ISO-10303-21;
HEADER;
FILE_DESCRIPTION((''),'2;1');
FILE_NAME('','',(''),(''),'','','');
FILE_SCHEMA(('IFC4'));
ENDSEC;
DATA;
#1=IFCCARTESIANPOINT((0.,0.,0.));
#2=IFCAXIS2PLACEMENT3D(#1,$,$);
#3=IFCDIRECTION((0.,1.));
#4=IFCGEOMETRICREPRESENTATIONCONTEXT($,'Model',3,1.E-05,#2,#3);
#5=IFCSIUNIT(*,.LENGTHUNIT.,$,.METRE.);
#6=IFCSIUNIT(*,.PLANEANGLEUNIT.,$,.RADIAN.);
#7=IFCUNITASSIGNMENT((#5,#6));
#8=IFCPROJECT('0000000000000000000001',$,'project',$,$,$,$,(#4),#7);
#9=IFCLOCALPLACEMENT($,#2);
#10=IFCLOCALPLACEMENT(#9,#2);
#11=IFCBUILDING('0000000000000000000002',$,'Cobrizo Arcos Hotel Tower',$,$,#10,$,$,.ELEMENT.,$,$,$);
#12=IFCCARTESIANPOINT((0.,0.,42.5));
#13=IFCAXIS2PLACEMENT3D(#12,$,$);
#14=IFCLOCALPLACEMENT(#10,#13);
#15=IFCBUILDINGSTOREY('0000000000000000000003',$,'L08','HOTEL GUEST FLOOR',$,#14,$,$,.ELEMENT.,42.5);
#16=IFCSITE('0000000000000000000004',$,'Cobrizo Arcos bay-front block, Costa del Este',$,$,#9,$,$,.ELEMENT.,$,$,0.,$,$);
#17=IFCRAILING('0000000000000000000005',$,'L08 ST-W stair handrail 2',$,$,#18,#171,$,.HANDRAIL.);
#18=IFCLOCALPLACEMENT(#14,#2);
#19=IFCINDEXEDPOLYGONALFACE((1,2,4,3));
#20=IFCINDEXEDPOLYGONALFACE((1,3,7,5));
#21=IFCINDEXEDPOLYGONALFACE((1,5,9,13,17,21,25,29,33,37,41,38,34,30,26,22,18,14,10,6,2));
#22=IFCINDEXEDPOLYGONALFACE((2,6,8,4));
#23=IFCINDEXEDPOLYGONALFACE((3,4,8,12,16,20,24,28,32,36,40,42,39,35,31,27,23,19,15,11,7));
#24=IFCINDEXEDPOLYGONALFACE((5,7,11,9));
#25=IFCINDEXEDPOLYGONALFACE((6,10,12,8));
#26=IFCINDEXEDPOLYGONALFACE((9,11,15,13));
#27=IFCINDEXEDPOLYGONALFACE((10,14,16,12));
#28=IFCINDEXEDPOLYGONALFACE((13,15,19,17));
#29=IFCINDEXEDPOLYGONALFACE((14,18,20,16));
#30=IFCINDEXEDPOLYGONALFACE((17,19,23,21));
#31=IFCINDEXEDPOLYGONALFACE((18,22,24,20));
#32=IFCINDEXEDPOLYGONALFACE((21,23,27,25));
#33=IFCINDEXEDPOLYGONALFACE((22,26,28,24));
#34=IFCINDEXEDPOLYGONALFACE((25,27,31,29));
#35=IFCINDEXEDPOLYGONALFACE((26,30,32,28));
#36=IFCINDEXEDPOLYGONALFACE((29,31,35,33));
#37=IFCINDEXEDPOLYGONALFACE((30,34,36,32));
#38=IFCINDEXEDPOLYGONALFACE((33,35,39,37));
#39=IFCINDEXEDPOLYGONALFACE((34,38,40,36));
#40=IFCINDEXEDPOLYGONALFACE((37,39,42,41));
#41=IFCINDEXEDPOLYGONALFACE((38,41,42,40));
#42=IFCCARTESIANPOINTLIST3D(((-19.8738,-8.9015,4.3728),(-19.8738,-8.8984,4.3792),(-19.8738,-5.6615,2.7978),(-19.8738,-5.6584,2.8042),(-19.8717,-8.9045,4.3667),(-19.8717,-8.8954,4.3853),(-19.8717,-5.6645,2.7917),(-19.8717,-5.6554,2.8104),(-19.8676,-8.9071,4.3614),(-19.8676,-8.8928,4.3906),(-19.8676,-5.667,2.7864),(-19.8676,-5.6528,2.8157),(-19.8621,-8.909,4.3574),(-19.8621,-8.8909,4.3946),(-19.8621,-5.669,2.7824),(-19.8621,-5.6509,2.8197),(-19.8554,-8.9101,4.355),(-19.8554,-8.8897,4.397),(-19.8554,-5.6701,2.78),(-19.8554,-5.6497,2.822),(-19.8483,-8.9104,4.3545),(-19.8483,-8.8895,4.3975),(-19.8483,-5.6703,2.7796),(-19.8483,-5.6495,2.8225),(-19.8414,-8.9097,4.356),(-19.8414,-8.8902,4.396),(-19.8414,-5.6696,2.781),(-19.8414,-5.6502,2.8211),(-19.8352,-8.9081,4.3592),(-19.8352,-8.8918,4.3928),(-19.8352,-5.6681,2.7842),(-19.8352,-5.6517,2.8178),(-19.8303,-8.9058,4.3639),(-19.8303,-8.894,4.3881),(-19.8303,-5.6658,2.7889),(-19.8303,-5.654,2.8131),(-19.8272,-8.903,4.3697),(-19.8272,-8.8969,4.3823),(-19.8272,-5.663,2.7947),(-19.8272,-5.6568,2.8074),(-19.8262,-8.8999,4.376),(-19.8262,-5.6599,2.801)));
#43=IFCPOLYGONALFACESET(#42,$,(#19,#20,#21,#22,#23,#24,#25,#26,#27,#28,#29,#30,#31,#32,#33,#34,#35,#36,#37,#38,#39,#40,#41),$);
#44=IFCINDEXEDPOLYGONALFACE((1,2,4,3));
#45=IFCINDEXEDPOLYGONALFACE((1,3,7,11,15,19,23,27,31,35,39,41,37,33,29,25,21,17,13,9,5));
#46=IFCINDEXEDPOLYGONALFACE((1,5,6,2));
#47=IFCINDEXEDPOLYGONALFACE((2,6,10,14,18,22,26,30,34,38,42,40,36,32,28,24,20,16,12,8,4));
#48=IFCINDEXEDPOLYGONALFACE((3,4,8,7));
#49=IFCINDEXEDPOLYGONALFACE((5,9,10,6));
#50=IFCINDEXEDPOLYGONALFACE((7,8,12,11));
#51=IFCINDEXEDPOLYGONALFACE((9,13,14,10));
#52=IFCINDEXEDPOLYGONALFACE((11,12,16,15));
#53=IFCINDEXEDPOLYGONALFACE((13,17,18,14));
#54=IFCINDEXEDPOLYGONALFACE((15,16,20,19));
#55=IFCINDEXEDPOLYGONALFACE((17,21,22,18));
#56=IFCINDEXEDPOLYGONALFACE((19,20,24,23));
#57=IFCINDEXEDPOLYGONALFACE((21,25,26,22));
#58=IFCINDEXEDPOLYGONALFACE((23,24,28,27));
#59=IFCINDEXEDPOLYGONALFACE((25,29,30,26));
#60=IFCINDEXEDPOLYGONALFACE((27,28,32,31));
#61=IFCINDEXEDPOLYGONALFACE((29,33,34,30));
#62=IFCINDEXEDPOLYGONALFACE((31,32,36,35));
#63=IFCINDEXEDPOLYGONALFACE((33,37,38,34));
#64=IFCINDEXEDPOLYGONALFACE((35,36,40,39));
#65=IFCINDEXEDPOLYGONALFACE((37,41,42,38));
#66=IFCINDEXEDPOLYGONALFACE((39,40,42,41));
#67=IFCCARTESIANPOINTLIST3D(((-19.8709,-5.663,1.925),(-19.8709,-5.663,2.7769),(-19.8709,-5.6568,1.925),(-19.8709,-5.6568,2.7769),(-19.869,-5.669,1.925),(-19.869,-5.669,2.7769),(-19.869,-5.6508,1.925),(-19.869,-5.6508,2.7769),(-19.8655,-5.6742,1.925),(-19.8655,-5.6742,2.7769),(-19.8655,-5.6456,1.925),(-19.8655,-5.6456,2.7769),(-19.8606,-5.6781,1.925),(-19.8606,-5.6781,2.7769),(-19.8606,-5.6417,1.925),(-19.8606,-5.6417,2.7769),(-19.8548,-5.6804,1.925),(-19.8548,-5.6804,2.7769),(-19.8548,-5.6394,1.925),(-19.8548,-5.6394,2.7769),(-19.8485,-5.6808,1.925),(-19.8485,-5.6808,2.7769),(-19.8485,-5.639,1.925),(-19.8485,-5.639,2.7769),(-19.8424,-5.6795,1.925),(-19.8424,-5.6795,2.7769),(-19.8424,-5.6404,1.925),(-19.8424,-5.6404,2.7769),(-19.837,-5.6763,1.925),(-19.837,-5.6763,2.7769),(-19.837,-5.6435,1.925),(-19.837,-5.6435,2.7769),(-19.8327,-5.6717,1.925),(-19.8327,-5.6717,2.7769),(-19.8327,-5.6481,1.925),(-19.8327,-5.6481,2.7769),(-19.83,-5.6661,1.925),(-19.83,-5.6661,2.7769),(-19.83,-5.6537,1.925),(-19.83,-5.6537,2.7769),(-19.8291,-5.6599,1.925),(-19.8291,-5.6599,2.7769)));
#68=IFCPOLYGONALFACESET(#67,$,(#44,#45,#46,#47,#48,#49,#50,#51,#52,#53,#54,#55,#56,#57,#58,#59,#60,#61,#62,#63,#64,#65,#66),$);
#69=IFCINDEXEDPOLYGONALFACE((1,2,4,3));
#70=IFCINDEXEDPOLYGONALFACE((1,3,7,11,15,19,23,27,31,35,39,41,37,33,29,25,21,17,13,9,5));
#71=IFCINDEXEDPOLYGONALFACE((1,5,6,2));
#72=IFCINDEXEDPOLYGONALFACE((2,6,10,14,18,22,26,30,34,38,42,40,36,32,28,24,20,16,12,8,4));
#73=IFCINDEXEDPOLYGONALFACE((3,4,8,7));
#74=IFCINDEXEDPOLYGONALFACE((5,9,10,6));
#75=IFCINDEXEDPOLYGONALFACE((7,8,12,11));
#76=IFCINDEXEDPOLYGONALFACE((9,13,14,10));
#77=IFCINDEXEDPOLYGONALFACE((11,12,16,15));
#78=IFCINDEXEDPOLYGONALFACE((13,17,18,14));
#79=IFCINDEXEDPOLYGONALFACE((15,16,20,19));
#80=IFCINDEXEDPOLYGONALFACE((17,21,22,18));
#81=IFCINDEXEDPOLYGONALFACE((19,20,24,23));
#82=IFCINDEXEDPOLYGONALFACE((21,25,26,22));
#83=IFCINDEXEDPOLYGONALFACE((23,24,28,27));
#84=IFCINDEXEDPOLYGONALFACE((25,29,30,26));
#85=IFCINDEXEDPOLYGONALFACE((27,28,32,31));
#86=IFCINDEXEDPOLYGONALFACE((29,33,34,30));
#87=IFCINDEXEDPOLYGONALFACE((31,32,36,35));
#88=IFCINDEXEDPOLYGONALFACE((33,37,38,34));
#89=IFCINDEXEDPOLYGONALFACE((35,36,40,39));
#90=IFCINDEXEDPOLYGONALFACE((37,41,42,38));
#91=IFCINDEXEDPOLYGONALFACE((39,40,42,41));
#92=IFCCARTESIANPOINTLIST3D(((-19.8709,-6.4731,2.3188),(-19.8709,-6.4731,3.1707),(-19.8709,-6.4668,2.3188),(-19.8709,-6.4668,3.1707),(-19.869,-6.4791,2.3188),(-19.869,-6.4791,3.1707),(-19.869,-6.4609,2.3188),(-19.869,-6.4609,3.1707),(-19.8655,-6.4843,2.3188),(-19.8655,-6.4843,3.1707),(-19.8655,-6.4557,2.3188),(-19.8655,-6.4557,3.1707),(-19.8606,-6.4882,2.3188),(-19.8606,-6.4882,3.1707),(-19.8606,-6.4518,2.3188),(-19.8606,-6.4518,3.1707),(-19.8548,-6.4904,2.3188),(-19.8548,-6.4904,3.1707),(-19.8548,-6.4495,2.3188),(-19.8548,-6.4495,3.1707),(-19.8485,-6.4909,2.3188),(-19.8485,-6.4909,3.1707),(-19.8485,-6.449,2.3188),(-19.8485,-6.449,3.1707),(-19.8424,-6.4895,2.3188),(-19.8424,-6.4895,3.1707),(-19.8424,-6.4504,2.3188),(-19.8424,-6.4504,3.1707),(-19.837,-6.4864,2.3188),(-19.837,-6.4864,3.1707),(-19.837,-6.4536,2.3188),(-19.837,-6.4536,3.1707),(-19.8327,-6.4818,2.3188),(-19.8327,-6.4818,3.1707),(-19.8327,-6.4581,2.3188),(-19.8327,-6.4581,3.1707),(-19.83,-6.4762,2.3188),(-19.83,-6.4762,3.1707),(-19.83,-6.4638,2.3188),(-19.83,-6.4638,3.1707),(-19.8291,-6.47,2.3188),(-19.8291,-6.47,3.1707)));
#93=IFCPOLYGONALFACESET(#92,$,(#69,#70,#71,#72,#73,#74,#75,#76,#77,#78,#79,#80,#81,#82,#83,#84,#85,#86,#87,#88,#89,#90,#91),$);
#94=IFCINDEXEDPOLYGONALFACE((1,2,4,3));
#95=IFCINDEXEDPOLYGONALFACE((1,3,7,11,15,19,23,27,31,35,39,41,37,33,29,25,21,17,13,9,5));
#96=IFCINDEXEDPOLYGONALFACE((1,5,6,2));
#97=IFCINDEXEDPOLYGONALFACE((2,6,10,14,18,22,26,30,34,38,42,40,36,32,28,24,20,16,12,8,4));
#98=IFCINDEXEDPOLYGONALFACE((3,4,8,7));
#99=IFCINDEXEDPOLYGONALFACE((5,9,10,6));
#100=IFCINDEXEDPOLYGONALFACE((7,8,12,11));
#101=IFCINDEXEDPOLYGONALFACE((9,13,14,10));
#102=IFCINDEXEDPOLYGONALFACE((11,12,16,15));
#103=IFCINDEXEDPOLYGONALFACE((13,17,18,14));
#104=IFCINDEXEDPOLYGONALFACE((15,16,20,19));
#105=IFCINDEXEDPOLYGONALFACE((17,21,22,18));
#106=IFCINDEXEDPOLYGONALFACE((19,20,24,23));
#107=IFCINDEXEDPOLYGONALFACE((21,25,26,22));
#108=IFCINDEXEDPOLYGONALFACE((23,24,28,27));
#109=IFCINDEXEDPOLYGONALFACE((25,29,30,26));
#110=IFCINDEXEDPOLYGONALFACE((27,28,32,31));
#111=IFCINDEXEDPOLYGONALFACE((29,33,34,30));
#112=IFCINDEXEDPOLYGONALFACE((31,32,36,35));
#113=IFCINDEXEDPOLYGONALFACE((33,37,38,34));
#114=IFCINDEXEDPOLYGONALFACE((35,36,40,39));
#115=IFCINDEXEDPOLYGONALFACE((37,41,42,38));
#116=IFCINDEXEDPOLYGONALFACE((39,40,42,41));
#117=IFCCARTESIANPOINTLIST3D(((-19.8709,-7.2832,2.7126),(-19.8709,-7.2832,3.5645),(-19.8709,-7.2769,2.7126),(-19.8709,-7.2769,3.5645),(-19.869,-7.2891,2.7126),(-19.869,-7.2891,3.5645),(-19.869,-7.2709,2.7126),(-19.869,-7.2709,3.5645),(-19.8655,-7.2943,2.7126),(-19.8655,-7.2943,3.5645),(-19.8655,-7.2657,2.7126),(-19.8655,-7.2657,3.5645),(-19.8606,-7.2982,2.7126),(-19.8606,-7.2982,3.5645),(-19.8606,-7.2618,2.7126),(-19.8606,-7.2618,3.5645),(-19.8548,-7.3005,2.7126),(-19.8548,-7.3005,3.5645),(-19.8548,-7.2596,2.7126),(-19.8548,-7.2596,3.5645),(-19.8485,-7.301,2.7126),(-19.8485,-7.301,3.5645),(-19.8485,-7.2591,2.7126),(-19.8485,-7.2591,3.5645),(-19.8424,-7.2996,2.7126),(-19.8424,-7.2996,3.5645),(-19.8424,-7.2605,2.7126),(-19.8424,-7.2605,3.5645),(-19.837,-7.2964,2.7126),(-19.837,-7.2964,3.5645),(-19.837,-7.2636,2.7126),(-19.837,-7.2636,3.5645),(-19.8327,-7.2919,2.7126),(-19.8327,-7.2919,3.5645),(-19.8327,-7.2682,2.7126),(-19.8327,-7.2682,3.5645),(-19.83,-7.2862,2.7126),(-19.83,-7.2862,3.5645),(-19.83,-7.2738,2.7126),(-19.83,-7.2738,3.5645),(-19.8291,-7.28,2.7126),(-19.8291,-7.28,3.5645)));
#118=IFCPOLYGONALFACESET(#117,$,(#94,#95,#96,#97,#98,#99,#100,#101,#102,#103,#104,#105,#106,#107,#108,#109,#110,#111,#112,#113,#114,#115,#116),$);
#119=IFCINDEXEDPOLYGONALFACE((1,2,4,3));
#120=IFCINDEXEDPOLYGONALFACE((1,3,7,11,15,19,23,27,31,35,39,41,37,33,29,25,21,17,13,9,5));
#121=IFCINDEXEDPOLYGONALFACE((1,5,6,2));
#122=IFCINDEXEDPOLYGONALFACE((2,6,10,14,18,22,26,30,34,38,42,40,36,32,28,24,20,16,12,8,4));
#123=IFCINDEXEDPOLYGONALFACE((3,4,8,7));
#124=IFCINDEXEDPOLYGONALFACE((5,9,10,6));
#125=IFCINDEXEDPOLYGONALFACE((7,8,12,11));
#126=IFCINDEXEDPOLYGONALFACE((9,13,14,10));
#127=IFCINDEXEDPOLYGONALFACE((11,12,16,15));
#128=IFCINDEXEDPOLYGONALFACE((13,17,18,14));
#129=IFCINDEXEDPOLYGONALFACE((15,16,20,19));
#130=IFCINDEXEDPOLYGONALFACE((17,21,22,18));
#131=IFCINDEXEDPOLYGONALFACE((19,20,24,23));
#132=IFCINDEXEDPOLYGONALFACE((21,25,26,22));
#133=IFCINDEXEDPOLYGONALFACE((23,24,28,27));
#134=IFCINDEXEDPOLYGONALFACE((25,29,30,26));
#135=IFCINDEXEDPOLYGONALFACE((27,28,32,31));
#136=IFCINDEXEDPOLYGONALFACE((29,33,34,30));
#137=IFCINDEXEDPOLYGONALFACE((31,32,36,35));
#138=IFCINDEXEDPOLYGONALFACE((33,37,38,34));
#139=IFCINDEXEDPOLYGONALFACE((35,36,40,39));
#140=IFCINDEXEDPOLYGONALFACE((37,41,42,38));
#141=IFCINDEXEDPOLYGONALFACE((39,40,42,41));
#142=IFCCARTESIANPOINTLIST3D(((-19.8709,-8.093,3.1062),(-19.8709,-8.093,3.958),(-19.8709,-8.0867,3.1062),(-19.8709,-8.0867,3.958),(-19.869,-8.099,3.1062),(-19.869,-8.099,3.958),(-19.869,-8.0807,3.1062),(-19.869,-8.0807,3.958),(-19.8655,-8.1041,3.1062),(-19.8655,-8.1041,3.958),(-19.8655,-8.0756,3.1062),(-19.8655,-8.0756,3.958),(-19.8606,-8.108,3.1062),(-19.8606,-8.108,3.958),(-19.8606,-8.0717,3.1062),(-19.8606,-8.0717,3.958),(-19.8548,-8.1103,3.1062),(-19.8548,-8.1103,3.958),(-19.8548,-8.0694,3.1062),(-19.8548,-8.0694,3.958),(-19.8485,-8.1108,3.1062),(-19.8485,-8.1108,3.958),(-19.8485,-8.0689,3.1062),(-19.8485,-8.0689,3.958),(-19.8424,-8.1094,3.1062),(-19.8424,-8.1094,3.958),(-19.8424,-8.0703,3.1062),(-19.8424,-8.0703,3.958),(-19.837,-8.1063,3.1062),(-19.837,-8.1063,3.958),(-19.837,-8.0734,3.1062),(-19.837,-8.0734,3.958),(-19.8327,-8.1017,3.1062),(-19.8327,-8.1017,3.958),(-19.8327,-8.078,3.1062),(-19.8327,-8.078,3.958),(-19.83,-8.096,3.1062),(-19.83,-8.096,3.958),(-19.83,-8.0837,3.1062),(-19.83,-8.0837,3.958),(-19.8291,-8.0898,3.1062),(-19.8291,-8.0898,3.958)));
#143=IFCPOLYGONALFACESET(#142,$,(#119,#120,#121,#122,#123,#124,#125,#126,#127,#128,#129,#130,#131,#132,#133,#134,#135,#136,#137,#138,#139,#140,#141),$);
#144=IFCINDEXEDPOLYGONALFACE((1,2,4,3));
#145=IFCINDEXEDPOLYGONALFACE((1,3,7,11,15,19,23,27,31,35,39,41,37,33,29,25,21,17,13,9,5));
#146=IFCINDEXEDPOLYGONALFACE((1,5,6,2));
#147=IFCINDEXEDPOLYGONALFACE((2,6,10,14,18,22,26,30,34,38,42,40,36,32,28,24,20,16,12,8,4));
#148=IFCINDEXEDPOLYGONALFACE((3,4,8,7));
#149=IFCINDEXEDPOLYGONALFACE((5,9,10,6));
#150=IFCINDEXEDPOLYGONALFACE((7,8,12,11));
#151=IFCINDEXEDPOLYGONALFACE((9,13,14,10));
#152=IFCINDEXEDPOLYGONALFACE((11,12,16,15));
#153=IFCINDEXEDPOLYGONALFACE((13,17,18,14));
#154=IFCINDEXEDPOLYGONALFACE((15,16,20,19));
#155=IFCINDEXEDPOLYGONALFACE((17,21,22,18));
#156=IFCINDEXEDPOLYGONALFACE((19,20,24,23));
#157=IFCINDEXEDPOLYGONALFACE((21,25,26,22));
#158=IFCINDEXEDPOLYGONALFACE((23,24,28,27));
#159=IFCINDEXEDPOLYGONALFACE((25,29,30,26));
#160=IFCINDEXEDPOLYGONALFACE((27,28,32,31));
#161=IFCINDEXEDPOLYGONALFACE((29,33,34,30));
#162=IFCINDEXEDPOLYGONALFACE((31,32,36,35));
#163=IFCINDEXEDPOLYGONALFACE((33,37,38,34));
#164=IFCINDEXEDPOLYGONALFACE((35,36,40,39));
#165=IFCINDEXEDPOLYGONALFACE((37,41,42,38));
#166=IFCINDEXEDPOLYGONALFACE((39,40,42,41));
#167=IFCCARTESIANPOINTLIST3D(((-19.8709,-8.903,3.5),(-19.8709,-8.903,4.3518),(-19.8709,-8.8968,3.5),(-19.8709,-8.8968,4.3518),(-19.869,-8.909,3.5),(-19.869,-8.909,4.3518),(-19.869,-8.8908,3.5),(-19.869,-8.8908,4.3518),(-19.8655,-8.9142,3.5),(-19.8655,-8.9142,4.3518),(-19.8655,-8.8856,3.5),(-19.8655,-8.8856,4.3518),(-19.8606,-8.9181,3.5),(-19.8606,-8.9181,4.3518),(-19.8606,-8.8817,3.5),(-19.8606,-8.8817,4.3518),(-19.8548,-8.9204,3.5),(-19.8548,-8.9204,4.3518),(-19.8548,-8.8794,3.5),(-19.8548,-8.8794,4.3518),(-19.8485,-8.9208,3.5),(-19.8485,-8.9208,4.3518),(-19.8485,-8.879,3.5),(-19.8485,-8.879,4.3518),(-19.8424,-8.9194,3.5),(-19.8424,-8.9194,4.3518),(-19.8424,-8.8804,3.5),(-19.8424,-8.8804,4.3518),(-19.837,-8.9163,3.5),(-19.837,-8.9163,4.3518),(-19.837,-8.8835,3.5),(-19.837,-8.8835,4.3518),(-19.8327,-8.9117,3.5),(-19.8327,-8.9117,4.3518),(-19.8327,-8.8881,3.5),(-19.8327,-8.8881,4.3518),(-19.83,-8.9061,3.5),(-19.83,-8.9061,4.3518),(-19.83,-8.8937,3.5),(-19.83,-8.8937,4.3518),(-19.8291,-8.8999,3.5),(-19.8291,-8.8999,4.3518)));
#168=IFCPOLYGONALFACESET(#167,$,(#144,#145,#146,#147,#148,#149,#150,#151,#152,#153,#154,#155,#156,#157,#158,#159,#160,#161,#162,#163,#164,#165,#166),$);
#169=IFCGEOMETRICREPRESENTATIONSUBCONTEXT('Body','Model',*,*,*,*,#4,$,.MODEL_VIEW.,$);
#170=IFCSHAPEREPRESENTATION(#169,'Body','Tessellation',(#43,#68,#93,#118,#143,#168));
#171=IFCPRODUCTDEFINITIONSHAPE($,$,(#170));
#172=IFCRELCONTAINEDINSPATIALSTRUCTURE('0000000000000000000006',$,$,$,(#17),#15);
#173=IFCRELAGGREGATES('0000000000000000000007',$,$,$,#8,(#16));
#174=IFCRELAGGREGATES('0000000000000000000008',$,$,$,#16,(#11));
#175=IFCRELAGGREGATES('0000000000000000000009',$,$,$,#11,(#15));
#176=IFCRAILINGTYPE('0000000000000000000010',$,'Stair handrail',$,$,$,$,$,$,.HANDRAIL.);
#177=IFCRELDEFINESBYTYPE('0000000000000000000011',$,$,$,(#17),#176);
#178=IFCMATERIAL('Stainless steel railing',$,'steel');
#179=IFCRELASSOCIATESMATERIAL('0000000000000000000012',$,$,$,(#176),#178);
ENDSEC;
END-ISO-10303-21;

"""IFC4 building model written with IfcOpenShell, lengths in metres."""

from ifc_helpers import new_model, si_unit, direction, frame, origin, origin_2d, place, context, subcontext, project, spatial, circle, extrude, material, type_object, element, save


model = new_model("IFC4")

# Units and contexts
model_context = context("Model", 3, precision=1e-05, world=origin(), true_north=direction((0.0, 1.0)))
body_context = subcontext(model_context, "Body", "Model", "MODEL_VIEW")
ifc_project = project(units=[si_unit("LENGTHUNIT", "METRE"), si_unit("PLANEANGLEUNIT", "RADIAN")], contexts=[model_context])

# Site, building, storey
site_placement = place(None, origin())
site = spatial("IfcSite", under=ifc_project, at=site_placement, Name="Cobrizo Arcos bay-front block, Costa del Este", CompositionType="ELEMENT", RefElevation=0.0)
building_placement = place(site_placement, origin())
building = spatial("IfcBuilding", under=site, at=building_placement, Name="Cobrizo Arcos Hotel Tower", CompositionType="ELEMENT")
storey_placement = place(building_placement, frame((0.0, 0.0, 42.5)))
storey = spatial("IfcBuildingStorey", under=building, at=storey_placement, Name="L08", Description="HOTEL GUEST FLOOR", CompositionType="ELEMENT", Elevation=42.5)

# Railing
ifc_material_1 = material(Name="Stainless steel railing", Category="steel")
railing_type_1 = type_object("IfcRailingType", Name="Stair handrail", PredefinedType="HANDRAIL", material=ifc_material_1)
railing_1_placement = place(storey_placement, frame((-19.8501, -5.6599, 1.925)))
element("IfcRailing", 1, at=railing_1_placement, inside=storey, type_object=railing_type_1, Name="L08 ST-W stair handrail 2", PredefinedType="HANDRAIL", context=body_context, shape_type="SweptSolid", body=[
    extrude(circle(Radius=0.0239, at=origin_2d()), frame((0.0, 0.0, 0.876), z_axis=(0.0, -0.899373, 0.437183), x_axis=(1.0, 0.0, 0.0)), (0.0, 0.0, 1.0), 3.6025),
    extrude(circle(Radius=0.021, at=origin_2d()), origin(), (0.0, 0.0, 1.0), 0.8518),
    extrude(circle(Radius=0.021, at=origin_2d()), frame((0.0, -0.8101, 0.3938)), (0.0, 0.0, 1.0), 0.8518),
    extrude(circle(Radius=0.021, at=origin_2d()), frame((0.0, -1.6201, 0.7876)), (0.0, 0.0, 1.0), 0.8518),
    extrude(circle(Radius=0.021, at=origin_2d()), frame((0.0, -2.4299, 1.1812)), (0.0, 0.0, 1.0), 0.8518),
    extrude(circle(Radius=0.021, at=origin_2d()), frame((0.0, -3.24, 1.575)), (0.0, 0.0, 1.0), 0.8518),
])

save(model, "model.ifc")
